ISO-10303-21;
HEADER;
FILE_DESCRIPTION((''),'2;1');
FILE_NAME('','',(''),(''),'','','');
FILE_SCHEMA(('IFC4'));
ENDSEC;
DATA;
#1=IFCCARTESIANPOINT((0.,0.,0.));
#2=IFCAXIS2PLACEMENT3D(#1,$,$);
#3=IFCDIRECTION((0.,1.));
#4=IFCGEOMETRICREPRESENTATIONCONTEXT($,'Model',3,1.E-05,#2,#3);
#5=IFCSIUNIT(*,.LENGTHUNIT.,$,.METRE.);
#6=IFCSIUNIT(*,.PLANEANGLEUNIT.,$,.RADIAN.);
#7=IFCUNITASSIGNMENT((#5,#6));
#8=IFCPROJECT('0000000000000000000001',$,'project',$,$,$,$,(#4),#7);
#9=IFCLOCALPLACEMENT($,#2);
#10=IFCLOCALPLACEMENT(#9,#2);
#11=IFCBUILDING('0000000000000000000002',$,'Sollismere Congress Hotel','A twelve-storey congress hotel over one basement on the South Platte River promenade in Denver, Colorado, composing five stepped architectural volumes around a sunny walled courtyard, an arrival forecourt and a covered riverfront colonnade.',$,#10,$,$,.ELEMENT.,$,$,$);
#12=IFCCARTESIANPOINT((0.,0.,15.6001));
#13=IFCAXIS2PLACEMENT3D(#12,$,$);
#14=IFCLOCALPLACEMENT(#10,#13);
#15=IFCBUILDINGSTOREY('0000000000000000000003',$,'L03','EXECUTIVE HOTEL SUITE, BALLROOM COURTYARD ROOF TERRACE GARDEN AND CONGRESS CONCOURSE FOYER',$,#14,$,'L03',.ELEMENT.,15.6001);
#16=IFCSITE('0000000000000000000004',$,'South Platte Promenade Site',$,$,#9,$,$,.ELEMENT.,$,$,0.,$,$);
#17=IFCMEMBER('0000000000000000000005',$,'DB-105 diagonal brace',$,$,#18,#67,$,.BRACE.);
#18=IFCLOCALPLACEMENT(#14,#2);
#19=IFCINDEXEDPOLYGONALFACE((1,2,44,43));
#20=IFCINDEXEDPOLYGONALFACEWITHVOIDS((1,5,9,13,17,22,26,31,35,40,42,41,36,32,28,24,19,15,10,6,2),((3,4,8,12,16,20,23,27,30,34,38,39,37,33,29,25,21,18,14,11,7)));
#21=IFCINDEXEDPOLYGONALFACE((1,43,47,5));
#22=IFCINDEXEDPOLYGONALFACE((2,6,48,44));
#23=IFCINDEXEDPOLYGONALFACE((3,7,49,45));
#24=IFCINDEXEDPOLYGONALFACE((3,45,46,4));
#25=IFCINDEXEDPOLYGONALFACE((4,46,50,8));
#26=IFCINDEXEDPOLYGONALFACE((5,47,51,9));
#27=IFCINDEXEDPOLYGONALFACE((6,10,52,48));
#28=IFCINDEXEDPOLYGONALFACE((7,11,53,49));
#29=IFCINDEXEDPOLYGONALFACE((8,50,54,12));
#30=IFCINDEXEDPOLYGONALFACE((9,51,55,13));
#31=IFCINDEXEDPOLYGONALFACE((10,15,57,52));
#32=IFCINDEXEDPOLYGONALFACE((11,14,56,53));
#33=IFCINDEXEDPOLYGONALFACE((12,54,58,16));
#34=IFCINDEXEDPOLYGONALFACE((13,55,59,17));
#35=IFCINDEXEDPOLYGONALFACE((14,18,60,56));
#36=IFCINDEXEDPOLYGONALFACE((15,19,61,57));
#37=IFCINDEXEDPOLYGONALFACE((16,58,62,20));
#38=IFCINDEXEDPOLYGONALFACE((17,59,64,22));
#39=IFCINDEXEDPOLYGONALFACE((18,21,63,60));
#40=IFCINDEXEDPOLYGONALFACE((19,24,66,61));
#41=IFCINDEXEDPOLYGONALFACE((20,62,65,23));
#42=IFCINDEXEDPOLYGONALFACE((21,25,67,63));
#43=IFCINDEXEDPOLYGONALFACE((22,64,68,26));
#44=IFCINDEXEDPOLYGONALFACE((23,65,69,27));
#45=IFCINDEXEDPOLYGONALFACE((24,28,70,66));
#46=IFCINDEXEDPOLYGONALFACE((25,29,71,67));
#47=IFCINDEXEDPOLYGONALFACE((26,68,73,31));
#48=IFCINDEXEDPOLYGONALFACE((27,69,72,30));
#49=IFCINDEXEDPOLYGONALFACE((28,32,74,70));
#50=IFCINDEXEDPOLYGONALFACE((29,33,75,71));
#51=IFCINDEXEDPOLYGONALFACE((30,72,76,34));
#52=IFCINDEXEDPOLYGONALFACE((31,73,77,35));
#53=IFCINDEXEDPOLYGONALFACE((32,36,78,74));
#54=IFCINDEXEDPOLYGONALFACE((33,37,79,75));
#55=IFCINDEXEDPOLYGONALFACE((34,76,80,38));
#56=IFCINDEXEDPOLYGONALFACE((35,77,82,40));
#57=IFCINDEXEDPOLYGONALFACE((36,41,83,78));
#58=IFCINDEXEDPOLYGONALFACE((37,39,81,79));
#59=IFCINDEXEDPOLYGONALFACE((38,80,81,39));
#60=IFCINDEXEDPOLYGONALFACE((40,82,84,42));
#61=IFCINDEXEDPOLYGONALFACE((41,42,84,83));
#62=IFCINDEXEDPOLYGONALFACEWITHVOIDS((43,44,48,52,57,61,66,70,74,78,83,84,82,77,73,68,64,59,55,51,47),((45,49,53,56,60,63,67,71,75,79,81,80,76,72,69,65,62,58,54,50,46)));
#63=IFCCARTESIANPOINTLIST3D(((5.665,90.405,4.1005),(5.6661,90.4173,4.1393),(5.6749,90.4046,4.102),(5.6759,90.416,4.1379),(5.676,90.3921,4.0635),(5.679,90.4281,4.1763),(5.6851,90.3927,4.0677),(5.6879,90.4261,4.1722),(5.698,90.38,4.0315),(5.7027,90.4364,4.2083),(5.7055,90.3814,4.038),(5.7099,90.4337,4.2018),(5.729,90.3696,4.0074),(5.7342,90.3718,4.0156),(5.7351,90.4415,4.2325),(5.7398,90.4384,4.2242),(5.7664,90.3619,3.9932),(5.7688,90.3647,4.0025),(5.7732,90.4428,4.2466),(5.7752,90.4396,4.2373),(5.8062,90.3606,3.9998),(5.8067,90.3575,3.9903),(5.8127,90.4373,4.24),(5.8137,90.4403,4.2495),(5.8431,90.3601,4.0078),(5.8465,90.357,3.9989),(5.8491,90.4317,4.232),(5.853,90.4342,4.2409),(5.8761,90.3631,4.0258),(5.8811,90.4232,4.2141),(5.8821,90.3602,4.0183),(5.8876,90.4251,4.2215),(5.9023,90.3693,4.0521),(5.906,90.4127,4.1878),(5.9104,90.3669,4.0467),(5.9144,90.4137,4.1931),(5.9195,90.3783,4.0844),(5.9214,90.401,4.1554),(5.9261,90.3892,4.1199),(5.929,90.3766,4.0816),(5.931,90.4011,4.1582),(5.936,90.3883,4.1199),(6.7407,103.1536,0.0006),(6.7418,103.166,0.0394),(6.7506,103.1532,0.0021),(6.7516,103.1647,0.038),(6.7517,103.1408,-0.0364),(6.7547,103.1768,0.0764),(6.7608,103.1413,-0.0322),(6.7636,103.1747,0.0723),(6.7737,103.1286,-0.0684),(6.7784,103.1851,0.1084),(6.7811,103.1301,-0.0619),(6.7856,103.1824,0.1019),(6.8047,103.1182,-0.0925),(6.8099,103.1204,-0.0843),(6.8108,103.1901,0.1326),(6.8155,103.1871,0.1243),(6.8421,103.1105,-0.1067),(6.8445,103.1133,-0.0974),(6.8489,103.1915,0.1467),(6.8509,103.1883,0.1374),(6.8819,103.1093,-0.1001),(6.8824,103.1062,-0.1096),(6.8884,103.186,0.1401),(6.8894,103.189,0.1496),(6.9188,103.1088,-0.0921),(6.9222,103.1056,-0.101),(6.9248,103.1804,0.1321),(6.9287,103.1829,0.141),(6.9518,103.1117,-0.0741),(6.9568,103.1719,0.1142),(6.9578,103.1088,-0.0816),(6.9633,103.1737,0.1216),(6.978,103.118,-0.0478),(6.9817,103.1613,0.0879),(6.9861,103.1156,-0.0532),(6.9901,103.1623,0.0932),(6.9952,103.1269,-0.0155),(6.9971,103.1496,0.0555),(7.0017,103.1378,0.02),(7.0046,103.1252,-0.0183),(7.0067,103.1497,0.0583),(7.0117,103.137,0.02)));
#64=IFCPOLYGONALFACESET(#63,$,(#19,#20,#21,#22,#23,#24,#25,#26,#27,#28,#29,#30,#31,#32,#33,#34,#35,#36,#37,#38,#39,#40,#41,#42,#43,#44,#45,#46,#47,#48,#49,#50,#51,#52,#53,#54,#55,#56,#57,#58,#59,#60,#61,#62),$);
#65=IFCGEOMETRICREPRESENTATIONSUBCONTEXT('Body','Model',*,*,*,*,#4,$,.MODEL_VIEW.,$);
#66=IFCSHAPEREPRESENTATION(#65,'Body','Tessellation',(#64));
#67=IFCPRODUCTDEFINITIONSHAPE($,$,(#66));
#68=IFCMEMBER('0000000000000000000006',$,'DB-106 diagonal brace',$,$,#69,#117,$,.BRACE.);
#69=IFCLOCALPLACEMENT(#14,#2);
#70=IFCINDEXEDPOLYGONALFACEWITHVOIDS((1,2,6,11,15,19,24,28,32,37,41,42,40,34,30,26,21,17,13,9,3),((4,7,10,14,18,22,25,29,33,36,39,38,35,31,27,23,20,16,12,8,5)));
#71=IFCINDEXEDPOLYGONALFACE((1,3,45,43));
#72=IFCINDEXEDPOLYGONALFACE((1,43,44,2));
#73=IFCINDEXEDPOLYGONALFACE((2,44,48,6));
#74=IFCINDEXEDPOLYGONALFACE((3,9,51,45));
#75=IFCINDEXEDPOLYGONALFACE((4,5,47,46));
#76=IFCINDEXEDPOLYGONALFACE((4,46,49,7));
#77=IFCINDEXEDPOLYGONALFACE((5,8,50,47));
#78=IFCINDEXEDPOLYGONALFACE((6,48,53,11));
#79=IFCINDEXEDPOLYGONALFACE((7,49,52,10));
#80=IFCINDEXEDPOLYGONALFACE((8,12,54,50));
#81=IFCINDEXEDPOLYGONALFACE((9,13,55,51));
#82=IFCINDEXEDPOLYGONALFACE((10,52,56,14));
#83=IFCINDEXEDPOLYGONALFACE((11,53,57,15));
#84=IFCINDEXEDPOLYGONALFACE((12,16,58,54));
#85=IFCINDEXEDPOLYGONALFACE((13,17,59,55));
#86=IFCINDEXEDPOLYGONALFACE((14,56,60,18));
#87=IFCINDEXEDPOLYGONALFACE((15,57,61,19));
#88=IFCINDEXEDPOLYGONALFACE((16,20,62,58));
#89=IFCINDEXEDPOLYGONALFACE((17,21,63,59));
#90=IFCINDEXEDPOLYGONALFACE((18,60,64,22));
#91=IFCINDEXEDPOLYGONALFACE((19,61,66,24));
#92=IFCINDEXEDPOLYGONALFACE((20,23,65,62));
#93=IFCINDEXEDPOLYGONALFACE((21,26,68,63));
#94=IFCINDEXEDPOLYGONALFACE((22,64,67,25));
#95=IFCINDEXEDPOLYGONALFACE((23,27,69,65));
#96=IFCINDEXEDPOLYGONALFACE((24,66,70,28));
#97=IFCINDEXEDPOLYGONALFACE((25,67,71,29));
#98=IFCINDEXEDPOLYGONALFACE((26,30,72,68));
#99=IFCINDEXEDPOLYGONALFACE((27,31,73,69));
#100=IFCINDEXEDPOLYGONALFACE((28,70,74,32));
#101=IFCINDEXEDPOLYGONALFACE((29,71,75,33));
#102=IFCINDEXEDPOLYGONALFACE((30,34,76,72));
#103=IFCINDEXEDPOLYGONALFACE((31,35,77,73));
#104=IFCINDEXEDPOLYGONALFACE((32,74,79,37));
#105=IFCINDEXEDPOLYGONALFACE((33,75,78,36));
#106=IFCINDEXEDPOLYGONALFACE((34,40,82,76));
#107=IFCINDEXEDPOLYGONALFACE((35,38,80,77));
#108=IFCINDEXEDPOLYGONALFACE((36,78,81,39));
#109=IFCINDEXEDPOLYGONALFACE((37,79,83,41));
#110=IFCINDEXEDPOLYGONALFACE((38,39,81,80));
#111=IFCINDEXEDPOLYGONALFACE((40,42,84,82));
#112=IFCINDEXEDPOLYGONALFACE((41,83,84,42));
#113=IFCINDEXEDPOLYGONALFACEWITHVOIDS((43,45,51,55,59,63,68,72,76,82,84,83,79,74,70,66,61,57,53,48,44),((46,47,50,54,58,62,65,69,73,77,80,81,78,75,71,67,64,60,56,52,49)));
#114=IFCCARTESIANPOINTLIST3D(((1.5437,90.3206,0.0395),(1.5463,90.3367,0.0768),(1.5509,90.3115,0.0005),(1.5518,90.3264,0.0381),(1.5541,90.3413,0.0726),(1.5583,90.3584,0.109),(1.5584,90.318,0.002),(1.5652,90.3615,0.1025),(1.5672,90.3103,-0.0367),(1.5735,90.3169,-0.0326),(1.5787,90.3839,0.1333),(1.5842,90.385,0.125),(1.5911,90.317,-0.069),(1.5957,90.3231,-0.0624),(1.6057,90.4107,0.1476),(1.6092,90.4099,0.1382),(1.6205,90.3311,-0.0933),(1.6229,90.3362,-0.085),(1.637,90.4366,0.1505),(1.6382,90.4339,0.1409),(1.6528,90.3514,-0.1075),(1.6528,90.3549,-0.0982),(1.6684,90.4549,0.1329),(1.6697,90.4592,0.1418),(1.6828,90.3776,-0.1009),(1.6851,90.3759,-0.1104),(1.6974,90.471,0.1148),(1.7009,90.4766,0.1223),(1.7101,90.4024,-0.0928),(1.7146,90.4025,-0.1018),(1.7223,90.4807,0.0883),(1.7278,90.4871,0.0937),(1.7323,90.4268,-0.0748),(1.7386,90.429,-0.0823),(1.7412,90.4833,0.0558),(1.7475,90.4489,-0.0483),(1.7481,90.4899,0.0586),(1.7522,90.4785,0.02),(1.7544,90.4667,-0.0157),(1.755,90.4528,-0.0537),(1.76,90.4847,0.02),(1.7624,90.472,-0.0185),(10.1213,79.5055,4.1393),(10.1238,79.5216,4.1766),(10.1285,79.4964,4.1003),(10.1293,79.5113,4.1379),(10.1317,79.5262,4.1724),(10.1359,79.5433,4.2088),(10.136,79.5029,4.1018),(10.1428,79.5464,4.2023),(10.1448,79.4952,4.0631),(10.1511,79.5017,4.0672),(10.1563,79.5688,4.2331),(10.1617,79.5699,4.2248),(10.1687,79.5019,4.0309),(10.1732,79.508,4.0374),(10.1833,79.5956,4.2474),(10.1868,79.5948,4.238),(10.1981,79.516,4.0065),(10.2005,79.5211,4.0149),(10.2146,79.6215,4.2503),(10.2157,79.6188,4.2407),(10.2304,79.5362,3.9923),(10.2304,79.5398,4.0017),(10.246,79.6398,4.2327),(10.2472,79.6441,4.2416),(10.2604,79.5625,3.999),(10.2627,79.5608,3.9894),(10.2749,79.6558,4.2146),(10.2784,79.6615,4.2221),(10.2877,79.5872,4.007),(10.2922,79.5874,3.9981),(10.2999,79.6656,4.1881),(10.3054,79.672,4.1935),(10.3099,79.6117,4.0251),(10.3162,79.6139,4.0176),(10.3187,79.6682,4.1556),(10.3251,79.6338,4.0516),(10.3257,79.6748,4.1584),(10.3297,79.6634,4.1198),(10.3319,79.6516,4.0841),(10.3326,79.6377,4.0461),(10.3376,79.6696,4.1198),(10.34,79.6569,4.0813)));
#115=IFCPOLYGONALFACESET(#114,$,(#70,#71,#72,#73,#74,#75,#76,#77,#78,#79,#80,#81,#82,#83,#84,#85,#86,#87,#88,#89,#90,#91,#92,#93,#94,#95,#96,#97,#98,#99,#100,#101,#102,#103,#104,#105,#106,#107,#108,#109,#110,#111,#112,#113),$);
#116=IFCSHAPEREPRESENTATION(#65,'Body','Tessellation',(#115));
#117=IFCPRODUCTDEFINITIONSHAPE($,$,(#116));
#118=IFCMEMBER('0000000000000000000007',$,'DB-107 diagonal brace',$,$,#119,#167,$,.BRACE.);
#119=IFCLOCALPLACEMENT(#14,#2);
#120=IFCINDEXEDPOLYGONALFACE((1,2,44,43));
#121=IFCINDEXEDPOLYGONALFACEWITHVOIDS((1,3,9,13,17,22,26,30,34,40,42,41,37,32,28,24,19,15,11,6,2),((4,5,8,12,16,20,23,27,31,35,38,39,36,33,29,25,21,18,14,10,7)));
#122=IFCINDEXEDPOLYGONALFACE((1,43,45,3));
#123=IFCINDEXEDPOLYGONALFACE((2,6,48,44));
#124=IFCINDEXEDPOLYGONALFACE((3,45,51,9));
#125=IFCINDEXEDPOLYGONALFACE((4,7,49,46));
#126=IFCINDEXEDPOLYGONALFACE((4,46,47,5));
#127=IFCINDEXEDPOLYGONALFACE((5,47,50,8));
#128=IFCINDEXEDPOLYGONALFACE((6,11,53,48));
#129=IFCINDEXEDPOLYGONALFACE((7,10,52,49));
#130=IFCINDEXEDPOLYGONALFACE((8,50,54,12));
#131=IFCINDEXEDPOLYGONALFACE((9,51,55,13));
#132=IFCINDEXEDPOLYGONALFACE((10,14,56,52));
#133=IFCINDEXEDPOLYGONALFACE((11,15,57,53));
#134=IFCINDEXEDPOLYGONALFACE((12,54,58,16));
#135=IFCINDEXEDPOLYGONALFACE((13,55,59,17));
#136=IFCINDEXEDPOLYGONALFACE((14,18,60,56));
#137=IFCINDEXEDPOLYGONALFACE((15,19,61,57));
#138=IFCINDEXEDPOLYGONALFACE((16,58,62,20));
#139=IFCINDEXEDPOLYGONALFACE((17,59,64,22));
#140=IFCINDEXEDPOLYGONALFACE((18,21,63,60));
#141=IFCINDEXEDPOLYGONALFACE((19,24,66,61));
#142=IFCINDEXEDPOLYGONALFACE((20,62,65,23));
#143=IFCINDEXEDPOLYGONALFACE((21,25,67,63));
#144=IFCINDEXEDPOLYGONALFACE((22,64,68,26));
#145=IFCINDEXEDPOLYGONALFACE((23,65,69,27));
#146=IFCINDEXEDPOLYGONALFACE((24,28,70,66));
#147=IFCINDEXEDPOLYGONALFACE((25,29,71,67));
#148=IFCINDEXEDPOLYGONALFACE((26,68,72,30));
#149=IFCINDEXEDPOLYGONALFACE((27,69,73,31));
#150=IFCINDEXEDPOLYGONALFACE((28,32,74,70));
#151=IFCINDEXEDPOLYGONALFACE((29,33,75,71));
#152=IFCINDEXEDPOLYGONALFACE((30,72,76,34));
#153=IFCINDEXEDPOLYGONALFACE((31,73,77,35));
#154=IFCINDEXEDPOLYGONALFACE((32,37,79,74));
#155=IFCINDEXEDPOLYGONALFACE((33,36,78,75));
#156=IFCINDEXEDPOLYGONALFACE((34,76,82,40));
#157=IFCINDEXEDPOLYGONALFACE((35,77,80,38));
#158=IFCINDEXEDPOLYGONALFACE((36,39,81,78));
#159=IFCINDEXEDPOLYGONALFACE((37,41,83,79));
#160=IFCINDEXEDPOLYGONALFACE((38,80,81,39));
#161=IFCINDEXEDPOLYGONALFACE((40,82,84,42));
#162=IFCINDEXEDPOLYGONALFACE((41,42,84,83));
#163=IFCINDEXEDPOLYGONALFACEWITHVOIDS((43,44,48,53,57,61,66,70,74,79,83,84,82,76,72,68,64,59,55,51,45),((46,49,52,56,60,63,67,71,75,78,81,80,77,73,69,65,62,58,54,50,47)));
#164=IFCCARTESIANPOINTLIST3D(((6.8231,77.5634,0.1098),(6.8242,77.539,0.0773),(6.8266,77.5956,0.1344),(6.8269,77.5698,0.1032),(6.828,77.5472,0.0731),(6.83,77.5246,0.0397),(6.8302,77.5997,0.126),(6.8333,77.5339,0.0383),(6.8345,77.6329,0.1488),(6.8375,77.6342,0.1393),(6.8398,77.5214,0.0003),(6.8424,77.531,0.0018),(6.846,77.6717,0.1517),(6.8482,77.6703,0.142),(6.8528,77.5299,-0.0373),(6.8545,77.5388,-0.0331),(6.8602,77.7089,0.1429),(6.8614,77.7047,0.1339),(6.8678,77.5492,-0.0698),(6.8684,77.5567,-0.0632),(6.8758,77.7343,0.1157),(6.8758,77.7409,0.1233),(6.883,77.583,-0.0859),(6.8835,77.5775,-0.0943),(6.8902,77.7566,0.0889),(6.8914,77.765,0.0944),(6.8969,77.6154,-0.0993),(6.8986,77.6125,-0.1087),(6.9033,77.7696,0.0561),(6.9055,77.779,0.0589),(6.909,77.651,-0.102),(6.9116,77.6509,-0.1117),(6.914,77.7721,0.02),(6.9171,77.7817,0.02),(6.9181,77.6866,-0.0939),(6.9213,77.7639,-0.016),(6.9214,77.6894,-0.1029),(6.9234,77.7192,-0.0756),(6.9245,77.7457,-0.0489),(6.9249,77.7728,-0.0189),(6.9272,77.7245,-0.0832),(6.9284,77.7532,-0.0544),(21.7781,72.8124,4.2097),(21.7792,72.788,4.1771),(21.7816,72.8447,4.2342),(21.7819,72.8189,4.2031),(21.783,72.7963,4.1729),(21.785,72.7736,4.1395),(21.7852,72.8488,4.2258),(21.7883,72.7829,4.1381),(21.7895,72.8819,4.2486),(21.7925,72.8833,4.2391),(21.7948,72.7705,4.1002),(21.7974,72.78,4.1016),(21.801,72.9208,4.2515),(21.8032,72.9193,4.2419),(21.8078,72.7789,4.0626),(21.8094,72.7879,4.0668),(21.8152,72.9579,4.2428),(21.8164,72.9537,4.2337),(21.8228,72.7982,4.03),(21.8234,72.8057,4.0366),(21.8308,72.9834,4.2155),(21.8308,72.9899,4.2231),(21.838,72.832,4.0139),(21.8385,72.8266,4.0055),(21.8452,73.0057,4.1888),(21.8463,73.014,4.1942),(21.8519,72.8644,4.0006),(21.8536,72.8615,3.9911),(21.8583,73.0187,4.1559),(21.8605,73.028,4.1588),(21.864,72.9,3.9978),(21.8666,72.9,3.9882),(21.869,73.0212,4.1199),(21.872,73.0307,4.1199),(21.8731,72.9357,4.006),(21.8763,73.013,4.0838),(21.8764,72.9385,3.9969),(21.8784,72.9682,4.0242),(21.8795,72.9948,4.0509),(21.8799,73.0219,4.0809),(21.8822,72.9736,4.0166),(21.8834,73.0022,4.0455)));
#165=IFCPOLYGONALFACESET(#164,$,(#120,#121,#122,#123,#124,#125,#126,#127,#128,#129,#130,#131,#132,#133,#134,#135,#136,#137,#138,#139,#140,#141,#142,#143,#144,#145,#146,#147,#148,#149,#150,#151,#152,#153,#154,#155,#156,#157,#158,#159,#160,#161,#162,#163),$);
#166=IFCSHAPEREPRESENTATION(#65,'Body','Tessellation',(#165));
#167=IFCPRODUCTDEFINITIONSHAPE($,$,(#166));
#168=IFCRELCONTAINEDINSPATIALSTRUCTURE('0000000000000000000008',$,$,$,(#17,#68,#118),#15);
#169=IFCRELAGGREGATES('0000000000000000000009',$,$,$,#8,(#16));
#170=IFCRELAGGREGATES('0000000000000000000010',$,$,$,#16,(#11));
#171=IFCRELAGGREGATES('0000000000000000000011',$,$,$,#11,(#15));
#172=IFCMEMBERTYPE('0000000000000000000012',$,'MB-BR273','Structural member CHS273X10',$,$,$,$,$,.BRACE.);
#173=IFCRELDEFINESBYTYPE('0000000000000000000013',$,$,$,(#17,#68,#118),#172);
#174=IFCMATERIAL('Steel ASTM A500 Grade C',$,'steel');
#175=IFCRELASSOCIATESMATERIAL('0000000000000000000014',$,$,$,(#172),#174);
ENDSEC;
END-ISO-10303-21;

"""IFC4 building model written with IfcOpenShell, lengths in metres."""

from ifc_helpers import new_model, si_unit, direction, frame, origin, origin_2d, place, context, subcontext, project, spatial, hollow_circle, extrude, material, material_profile, profile_set, type_object, element, save


model = new_model("IFC4")

# Units and contexts
model_context = context("Model", 3, precision=1e-05, world=origin(), true_north=direction((0.0, 1.0)))
body_context = subcontext(model_context, "Body", "Model", "MODEL_VIEW")
ifc_project = project(units=[si_unit("LENGTHUNIT", "METRE"), si_unit("PLANEANGLEUNIT", "RADIAN")], contexts=[model_context])

# Site, building, storey
site_placement = place(None, origin())
site = spatial("IfcSite", under=ifc_project, at=site_placement, Name="South Platte Promenade Site", CompositionType="ELEMENT", RefElevation=0.0)
building_placement = place(site_placement, origin())
building = spatial("IfcBuilding", under=site, at=building_placement, Name="Sollismere Congress Hotel", Description="A twelve-storey congress hotel over one basement on the South Platte River promenade in Denver, Colorado, composing five stepped architectural volumes around a sunny walled courtyard, an arrival forecourt and a covered riverfront colonnade.", CompositionType="ELEMENT")
storey_placement = place(building_placement, frame((0.0, 0.0, 15.6001)))
storey = spatial("IfcBuildingStorey", under=building, at=storey_placement, Name="L03", Description="EXECUTIVE HOTEL SUITE, BALLROOM COURTYARD ROOF TERRACE GARDEN AND CONGRESS CONCOURSE FOYER", LongName="L03", CompositionType="ELEMENT", Elevation=15.6001)

# Members
ifc_material_1 = material(Name="Steel ASTM A500 Grade C", Category="steel")
ifc_material_profile_1 = material_profile(ifc_material_1, hollow_circle(Radius=0.1365, WallThickness=0.01, at=origin_2d()), Name="CHS273X10")
ifc_profile_set_1 = profile_set([ifc_material_profile_1], Name="Steel ASTM A500 Grade C")
member_type_1 = type_object("IfcMemberType", Name="MB-BR273", Description="Structural member CHS273X10", PredefinedType="BRACE", material=ifc_profile_set_1)
member_1_placement = place(storey_placement, frame((6.8757, 103.1484, 0.02), z_axis=(-0.080068, -0.948926, 0.305169), x_axis=(0.996459, -0.084078, 0.0)))
element("IfcMember", 1, at=member_1_placement, inside=storey, type_object=member_type_1, Name="DB-105 diagonal brace", PredefinedType="BRACE", context=body_context, shape_type="SweptSolid", body=[
    extrude(hollow_circle(Radius=0.1365, WallThickness=0.01, at=origin_2d()), origin(), (0.0, 0.0, 1.0), 13.4348),
])
member_2_placement = place(storey_placement, frame((1.6531, 90.3999, 0.02), z_axis=(0.595679, -0.751067, 0.284717), x_axis=(0.783495, 0.621398, 0.0)))
element("IfcMember", 2, at=member_2_placement, inside=storey, type_object=member_type_1, Name="DB-106 diagonal brace", PredefinedType="BRACE", context=body_context, shape_type="SweptSolid", body=[
    extrude(hollow_circle(Radius=0.1365, WallThickness=0.01, at=origin_2d()), origin(), (0.0, 0.0, 1.0), 14.3997),
])
member_3_placement = place(storey_placement, frame((6.8757, 77.6516, 0.02), z_axis=(0.922108, -0.292938, 0.252791), x_axis=(0.302772, 0.953063, 0.0)))
element("IfcMember", 3, at=member_3_placement, inside=storey, type_object=member_type_1, Name="DB-107 diagonal brace", PredefinedType="BRACE", context=body_context, shape_type="SweptSolid", body=[
    extrude(hollow_circle(Radius=0.1365, WallThickness=0.01, at=origin_2d()), origin(), (0.0, 0.0, 1.0), 16.2183),
])

save(model, "model.ifc")
